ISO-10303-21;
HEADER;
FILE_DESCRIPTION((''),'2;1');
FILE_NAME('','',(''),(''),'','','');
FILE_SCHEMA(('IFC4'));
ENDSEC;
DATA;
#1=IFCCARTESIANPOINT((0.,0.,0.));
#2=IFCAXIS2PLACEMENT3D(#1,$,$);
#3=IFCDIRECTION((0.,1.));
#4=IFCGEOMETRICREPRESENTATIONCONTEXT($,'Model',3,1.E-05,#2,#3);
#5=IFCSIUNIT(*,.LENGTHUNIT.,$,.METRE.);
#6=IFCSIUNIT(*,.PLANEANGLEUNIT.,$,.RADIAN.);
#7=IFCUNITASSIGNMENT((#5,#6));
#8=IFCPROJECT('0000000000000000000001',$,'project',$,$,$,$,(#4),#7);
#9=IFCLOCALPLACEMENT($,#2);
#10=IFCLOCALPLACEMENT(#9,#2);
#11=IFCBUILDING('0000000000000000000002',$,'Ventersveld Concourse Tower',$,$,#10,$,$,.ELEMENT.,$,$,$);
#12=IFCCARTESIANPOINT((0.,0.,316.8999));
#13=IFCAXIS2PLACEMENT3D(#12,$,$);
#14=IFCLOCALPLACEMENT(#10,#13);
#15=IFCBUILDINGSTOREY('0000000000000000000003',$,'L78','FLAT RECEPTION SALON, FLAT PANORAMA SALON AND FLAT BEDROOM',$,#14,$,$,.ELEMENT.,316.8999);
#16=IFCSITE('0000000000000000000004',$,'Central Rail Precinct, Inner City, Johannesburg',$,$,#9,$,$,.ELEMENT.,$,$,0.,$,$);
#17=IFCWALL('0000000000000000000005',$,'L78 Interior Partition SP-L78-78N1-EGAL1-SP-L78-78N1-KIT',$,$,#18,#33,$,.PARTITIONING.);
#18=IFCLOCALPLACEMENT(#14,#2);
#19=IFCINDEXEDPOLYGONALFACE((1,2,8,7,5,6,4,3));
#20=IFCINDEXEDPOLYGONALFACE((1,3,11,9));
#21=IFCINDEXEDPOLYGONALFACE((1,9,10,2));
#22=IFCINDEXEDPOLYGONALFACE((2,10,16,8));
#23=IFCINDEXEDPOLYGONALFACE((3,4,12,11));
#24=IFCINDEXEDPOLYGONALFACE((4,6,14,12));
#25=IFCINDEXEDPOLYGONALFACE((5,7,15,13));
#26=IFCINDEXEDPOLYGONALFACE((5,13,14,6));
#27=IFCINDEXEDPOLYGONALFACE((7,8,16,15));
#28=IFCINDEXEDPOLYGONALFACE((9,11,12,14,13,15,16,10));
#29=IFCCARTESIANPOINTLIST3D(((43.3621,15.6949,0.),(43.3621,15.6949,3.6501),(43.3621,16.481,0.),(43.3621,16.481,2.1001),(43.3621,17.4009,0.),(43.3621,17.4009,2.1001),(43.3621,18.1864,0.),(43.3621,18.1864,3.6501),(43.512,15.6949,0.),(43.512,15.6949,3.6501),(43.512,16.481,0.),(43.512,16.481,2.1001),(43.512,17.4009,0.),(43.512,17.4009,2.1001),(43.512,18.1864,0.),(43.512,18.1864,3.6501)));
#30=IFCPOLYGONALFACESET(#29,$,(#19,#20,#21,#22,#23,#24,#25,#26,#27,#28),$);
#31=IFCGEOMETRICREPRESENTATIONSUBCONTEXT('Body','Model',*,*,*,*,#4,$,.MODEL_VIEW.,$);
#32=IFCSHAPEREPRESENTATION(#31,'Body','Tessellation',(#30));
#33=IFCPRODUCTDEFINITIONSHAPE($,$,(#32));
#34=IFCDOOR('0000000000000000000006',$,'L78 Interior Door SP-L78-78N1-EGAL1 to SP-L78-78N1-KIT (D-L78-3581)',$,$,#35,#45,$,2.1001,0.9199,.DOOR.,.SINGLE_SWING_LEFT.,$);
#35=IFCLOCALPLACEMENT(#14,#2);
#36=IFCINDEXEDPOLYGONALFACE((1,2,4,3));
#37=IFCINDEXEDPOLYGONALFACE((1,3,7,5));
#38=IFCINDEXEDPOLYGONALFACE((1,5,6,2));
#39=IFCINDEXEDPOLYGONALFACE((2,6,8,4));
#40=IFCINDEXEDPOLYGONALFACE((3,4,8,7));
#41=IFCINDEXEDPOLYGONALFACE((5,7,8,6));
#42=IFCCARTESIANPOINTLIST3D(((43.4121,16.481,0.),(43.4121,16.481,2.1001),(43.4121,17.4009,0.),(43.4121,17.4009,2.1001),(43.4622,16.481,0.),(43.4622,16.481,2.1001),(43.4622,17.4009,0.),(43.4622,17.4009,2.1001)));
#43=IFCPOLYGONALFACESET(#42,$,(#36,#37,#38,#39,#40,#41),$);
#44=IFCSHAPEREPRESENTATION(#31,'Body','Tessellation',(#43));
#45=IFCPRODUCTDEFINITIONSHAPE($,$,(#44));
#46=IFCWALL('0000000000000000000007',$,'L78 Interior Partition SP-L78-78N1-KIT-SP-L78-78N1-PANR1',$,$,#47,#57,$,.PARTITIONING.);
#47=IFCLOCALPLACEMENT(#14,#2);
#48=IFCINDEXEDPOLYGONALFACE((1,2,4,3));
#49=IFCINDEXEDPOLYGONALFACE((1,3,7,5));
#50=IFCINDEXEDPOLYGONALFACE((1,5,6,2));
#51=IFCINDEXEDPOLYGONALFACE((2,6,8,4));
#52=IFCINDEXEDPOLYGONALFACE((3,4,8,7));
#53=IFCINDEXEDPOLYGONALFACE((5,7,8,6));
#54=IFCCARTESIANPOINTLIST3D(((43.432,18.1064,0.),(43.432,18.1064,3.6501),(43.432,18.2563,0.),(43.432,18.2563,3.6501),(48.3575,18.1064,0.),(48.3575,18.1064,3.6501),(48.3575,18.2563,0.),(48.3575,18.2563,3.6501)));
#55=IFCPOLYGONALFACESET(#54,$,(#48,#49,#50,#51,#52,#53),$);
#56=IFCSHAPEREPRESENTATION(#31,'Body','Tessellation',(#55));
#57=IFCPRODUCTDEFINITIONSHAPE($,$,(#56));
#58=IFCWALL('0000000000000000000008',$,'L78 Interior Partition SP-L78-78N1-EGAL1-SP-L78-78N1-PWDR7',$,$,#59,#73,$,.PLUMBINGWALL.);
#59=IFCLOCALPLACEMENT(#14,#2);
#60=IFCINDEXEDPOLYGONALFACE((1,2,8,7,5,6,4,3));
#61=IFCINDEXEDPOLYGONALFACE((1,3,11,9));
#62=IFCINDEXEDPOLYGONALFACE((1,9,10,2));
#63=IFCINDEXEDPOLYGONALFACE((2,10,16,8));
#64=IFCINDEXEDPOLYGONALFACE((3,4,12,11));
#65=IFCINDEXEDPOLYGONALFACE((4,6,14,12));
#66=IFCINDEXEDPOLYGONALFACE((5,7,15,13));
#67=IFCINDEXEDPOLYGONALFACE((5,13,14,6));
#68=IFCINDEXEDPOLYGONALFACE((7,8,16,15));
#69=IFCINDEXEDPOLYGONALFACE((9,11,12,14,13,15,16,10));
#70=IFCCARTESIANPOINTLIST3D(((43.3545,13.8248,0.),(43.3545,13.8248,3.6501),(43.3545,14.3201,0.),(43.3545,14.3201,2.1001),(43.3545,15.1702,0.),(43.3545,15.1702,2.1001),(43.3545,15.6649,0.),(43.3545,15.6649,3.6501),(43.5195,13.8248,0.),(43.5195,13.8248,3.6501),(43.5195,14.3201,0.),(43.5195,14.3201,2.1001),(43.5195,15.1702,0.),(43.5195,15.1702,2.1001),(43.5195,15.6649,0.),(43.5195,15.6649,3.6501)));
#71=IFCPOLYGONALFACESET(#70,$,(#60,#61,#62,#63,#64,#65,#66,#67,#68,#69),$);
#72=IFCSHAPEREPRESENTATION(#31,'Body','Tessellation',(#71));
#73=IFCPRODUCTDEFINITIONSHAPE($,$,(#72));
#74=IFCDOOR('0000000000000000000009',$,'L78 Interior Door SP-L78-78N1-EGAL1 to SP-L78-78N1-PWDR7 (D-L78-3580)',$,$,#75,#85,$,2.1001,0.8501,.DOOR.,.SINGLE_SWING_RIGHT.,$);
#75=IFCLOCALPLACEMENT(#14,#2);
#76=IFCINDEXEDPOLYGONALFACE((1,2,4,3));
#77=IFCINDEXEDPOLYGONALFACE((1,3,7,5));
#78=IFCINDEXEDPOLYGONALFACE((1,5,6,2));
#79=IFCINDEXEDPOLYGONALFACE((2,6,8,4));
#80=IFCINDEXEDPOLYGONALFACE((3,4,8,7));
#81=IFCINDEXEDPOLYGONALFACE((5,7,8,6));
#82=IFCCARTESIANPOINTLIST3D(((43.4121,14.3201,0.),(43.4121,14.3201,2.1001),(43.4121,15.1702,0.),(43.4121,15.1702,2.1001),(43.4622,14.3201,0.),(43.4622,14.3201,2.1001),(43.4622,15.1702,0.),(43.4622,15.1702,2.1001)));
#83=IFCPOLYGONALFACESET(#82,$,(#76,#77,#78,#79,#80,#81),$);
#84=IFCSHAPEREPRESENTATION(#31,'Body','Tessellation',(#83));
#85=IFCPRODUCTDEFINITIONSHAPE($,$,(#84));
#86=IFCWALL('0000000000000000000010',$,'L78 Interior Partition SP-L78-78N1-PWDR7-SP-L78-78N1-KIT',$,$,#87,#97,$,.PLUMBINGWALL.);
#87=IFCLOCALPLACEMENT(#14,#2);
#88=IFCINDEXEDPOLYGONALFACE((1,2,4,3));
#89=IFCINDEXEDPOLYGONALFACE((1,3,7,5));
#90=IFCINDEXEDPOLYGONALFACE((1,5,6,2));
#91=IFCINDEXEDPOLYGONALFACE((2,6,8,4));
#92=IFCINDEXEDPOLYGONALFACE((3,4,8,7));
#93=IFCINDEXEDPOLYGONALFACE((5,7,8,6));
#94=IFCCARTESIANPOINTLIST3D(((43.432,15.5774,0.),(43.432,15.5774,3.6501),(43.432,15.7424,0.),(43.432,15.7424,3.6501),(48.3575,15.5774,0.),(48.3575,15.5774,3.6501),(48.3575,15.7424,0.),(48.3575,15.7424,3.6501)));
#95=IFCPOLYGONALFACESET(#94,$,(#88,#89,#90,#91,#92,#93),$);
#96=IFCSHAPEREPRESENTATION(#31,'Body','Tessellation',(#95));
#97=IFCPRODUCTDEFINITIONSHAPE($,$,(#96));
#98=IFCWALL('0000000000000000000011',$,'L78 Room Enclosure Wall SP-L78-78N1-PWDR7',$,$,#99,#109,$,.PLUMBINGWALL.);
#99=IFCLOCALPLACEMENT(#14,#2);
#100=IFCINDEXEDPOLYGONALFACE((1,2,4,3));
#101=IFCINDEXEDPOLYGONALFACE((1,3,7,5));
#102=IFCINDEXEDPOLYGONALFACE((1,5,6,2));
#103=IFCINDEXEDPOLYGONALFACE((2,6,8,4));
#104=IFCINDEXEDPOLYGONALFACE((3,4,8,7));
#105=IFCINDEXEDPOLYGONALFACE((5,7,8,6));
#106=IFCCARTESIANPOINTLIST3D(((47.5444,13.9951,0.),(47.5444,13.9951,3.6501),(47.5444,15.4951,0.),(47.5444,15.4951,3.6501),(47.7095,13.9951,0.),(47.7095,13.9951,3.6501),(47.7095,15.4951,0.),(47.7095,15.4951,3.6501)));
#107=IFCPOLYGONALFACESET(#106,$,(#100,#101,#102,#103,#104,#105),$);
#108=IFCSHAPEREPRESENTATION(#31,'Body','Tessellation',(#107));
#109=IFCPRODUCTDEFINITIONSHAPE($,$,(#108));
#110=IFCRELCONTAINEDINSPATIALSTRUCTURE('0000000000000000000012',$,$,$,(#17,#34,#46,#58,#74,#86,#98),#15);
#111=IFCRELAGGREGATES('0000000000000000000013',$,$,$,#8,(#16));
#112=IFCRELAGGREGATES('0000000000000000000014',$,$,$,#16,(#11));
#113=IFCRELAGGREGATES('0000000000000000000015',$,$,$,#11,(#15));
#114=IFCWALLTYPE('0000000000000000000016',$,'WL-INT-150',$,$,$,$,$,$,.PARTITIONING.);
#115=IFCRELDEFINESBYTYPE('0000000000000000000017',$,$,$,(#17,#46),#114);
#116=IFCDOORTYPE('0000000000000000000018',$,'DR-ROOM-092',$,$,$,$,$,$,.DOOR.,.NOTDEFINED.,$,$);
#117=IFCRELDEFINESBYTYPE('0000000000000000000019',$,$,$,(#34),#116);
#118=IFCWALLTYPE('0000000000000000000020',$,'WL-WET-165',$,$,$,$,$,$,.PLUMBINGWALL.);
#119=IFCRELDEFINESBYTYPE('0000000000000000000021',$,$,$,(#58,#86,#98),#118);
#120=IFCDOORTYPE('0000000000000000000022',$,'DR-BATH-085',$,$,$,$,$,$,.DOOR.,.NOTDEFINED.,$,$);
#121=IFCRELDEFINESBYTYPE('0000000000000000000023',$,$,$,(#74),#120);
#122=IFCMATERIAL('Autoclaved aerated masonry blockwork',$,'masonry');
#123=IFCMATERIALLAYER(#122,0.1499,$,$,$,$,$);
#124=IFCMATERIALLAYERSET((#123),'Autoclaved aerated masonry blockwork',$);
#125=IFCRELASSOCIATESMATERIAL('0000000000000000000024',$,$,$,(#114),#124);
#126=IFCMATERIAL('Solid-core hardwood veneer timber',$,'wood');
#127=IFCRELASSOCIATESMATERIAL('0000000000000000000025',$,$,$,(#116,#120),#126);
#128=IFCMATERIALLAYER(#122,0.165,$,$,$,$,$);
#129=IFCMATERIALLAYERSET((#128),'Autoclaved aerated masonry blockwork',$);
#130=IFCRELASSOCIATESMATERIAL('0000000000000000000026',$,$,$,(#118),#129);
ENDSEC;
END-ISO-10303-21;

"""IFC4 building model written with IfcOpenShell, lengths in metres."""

from ifc_helpers import new_model, si_unit, direction, frame, frame_2d, origin, place, context, subcontext, project, spatial, rectangle, extrude, material, layer, layer_set, type_object, element, fill, save


model = new_model("IFC4")

# Units and contexts
model_context = context("Model", 3, precision=1e-05, world=origin(), true_north=direction((0.0, 1.0)))
body_context = subcontext(model_context, "Body", "Model", "MODEL_VIEW")
ifc_project = project(units=[si_unit("LENGTHUNIT", "METRE"), si_unit("PLANEANGLEUNIT", "RADIAN")], contexts=[model_context])

# Site, building, storey
site_placement = place(None, origin())
site = spatial("IfcSite", under=ifc_project, at=site_placement, Name="Central Rail Precinct, Inner City, Johannesburg", CompositionType="ELEMENT", RefElevation=0.0)
building_placement = place(site_placement, origin())
building = spatial("IfcBuilding", under=site, at=building_placement, Name="Ventersveld Concourse Tower", CompositionType="ELEMENT")
storey_placement = place(building_placement, frame((0.0, 0.0, 316.8999)))
storey = spatial("IfcBuildingStorey", under=building, at=storey_placement, Name="L78", Description="FLAT RECEPTION SALON, FLAT PANORAMA SALON AND FLAT BEDROOM", CompositionType="ELEMENT", Elevation=316.8999)

# Shared definitions
ifc_material_1 = material(Name="Solid-core hardwood veneer timber", Category="wood")

# Wall, opening, door
ifc_material_2 = material(Name="Autoclaved aerated masonry blockwork", Category="masonry")
ifc_layer_1 = layer(ifc_material_2, 0.1499)
ifc_layer_set_1 = layer_set([ifc_layer_1], Name="Autoclaved aerated masonry blockwork")
wall_type_1 = type_object("IfcWallType", Name="WL-INT-150", PredefinedType="PARTITIONING", material=ifc_layer_set_1)
wall_1_placement = place(storey_placement, frame((43.437, 15.6951, 0.0), z_axis=(0.0, 0.0, 1.0), x_axis=(0.0, 1.0, 0.0)))
wall_1 = element("IfcWall", 1, at=wall_1_placement, inside=storey, type_object=wall_type_1, Name="L78 Interior Partition SP-L78-78N1-EGAL1-SP-L78-78N1-KIT", PredefinedType="PARTITIONING", context=body_context, shape_type="SweptSolid", body=[
    extrude(rectangle(XDim=2.4915, YDim=0.1499, at=frame_2d((1.2456, 0.0))), origin(), (0.0, 0.0, 1.0), 3.6501),
])
opening_1_placement = place(wall_1_placement, frame((0.7859, 0.0, 0.0)))
opening_1 = element("IfcOpeningElement", 2, at=opening_1_placement, cuts=wall_1, PredefinedType="OPENING", context=body_context, shape_type="SweptSolid", body=[
    extrude(rectangle(XDim=0.9199, YDim=2.1001, at=frame_2d((0.46, 1.05))), frame((0.0, 0.085, 0.0), z_axis=(0.0, -1.0, 0.0), x_axis=(1.0, 0.0, 0.0)), (0.0, 0.0, 1.0), 0.1699),
])
door_type_1 = type_object("IfcDoorType", Name="DR-ROOM-092", OperationType="NOTDEFINED", PredefinedType="DOOR", material=ifc_material_1)
door_1_placement = place(opening_1_placement, origin())
door_1 = element("IfcDoor", 3, at=door_1_placement, inside=storey, type_object=door_type_1, Name="L78 Interior Door SP-L78-78N1-EGAL1 to SP-L78-78N1-KIT (D-L78-3581)", OperationType="SINGLE_SWING_LEFT", OverallHeight=2.1001, OverallWidth=0.9199, PredefinedType="DOOR", context=body_context, shape_type="SweptSolid", body=[
    extrude(rectangle(XDim=0.9199, YDim=2.1001, at=frame_2d((0.46, 1.05))), frame((0.0, 0.0249, 0.0), z_axis=(0.0, -1.0, 0.0), x_axis=(1.0, 0.0, 0.0)), (0.0, 0.0, 1.0), 0.05),
])
fill(opening_1, door_1)

# Wall
wall_2_placement = place(storey_placement, frame((43.4319, 18.1814, 0.0), z_axis=(0.0, 0.0, 1.0), x_axis=(1.0, 0.0, 0.0)))
element("IfcWall", 4, at=wall_2_placement, inside=storey, type_object=wall_type_1, Name="L78 Interior Partition SP-L78-78N1-KIT-SP-L78-78N1-PANR1", PredefinedType="PARTITIONING", context=body_context, shape_type="SweptSolid", body=[
    extrude(rectangle(XDim=4.9255, YDim=0.1499, at=frame_2d((2.4629, 0.0))), origin(), (0.0, 0.0, 1.0), 3.6501),
])

# Wall, opening, door
ifc_layer_2 = layer(ifc_material_2, 0.165)
ifc_layer_set_2 = layer_set([ifc_layer_2], Name="Autoclaved aerated masonry blockwork")
wall_type_2 = type_object("IfcWallType", Name="WL-WET-165", PredefinedType="PLUMBINGWALL", material=ifc_layer_set_2)
wall_3_placement = place(storey_placement, frame((43.437, 13.825, 0.0), z_axis=(0.0, 0.0, 1.0), x_axis=(0.0, 1.0, 0.0)))
wall_3 = element("IfcWall", 5, at=wall_3_placement, inside=storey, type_object=wall_type_2, Name="L78 Interior Partition SP-L78-78N1-EGAL1-SP-L78-78N1-PWDR7", PredefinedType="PLUMBINGWALL", context=body_context, shape_type="SweptSolid", body=[
    extrude(rectangle(XDim=1.8401, YDim=0.165, at=frame_2d((0.9199, 0.0))), origin(), (0.0, 0.0, 1.0), 3.6501),
])
opening_2_placement = place(wall_3_placement, frame((0.4951, 0.0, 0.0)))
opening_2 = element("IfcOpeningElement", 6, at=opening_2_placement, cuts=wall_3, PredefinedType="OPENING", context=body_context, shape_type="SweptSolid", body=[
    extrude(rectangle(XDim=0.8501, YDim=2.1001, at=frame_2d((0.425, 1.05))), frame((0.0, 0.0925, 0.0), z_axis=(0.0, -1.0, 0.0), x_axis=(1.0, 0.0, 0.0)), (0.0, 0.0, 1.0), 0.1851),
])
door_type_2 = type_object("IfcDoorType", Name="DR-BATH-085", OperationType="NOTDEFINED", PredefinedType="DOOR", material=ifc_material_1)
door_2_placement = place(opening_2_placement, origin())
door_2 = element("IfcDoor", 7, at=door_2_placement, inside=storey, type_object=door_type_2, Name="L78 Interior Door SP-L78-78N1-EGAL1 to SP-L78-78N1-PWDR7 (D-L78-3580)", OperationType="SINGLE_SWING_RIGHT", OverallHeight=2.1001, OverallWidth=0.8501, PredefinedType="DOOR", context=body_context, shape_type="SweptSolid", body=[
    extrude(rectangle(XDim=0.8501, YDim=2.1001, at=frame_2d((0.425, 1.05))), frame((0.0, 0.0249, 0.0), z_axis=(0.0, -1.0, 0.0), x_axis=(1.0, 0.0, 0.0)), (0.0, 0.0, 1.0), 0.05),
])
fill(opening_2, door_2)

# Walls
wall_4_placement = place(storey_placement, frame((43.4319, 15.6599, 0.0), z_axis=(0.0, 0.0, 1.0), x_axis=(1.0, 0.0, 0.0)))
element("IfcWall", 8, at=wall_4_placement, inside=storey, type_object=wall_type_2, Name="L78 Interior Partition SP-L78-78N1-PWDR7-SP-L78-78N1-KIT", PredefinedType="PLUMBINGWALL", context=body_context, shape_type="SweptSolid", body=[
    extrude(rectangle(XDim=4.9255, YDim=0.165, at=frame_2d((2.4629, 0.0))), origin(), (0.0, 0.0, 1.0), 3.6501),
])
wall_5_placement = place(storey_placement, frame((47.627, 15.4951, 0.0), z_axis=(0.0, 0.0, 1.0), x_axis=(0.0, -1.0, 0.0)))
element("IfcWall", 9, at=wall_5_placement, inside=storey, type_object=wall_type_2, Name="L78 Room Enclosure Wall SP-L78-78N1-PWDR7", PredefinedType="PLUMBINGWALL", context=body_context, shape_type="SweptSolid", body=[
    extrude(rectangle(XDim=1.5, YDim=0.165, at=frame_2d((0.75, 0.0))), origin(), (0.0, 0.0, 1.0), 3.6501),
])

save(model, "model.ifc")
